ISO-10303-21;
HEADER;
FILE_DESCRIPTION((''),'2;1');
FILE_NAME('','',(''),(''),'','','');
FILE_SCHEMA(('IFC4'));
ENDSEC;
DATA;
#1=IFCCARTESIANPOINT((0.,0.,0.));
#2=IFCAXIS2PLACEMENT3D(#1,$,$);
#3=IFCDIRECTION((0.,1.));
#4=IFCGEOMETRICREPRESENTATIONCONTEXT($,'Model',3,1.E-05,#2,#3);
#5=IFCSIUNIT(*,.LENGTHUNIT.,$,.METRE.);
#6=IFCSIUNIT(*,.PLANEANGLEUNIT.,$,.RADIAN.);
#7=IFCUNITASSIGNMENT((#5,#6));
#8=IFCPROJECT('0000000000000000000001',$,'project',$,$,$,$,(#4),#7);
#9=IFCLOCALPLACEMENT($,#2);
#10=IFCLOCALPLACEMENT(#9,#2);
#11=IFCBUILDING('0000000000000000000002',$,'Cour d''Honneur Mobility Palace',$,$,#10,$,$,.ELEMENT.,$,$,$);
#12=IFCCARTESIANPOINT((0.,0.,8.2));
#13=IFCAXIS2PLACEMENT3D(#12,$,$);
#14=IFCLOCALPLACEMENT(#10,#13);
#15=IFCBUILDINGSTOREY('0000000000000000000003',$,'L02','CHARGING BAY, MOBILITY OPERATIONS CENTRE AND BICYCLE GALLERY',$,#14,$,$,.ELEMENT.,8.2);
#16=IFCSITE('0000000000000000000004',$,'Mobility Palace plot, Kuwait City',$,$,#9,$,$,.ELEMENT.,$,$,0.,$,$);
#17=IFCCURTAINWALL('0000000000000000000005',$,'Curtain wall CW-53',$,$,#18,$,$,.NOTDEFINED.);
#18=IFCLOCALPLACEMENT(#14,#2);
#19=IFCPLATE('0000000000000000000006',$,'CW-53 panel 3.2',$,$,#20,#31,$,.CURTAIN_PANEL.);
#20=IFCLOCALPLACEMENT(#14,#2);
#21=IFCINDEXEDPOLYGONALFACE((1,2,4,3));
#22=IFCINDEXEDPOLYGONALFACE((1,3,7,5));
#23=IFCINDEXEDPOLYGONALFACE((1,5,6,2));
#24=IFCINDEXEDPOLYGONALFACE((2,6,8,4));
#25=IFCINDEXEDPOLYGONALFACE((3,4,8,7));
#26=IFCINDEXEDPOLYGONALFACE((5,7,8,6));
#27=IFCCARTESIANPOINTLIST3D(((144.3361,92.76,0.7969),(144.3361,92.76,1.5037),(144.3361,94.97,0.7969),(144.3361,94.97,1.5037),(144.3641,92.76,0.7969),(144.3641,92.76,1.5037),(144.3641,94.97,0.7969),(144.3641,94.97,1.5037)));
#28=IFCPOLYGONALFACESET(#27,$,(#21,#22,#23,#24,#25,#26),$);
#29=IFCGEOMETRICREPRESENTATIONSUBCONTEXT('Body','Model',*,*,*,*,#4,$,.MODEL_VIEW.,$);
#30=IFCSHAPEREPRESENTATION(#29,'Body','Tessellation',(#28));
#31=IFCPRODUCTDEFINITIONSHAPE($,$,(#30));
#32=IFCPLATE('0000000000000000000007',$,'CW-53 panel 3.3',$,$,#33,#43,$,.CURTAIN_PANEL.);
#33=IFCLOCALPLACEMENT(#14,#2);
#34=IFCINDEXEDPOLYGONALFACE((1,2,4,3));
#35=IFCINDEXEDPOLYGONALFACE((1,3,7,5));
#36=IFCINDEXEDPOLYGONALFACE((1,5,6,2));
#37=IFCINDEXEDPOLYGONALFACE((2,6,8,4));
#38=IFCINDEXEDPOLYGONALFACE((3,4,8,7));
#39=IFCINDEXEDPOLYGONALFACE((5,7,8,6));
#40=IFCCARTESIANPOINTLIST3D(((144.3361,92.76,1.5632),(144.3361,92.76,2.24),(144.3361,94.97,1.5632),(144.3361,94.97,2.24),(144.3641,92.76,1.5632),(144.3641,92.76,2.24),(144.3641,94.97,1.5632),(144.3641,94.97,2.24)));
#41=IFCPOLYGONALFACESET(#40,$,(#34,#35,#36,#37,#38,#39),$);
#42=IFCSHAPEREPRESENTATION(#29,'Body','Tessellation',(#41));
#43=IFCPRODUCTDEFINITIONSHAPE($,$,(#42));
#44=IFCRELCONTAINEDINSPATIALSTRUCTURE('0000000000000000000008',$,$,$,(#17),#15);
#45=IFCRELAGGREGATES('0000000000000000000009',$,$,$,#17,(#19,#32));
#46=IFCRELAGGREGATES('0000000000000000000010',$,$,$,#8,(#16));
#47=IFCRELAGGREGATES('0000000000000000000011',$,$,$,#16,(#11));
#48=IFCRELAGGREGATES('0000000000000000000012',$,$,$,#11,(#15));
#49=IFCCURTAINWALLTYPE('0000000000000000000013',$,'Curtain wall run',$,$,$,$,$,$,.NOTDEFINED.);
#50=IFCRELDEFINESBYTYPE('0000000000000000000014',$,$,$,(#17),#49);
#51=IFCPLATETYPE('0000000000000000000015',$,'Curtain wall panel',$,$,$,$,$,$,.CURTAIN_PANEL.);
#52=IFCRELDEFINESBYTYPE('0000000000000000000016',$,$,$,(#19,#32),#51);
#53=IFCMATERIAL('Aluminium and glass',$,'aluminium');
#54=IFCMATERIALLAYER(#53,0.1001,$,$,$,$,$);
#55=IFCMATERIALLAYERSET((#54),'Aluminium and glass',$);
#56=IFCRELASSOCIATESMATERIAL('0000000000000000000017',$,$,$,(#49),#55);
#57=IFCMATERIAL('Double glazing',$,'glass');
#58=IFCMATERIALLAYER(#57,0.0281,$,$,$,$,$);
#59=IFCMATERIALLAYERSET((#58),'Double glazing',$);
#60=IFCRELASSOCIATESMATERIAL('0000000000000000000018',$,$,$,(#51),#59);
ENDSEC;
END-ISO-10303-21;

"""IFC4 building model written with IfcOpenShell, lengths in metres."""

from ifc_helpers import new_model, si_unit, direction, frame, origin, origin_2d, place, context, subcontext, project, spatial, rectangle, extrude, material, layer, layer_set, type_object, element, aggregate, save


model = new_model("IFC4")

# Units and contexts
model_context = context("Model", 3, precision=1e-05, world=origin(), true_north=direction((0.0, 1.0)))
body_context = subcontext(model_context, "Body", "Model", "MODEL_VIEW")
ifc_project = project(units=[si_unit("LENGTHUNIT", "METRE"), si_unit("PLANEANGLEUNIT", "RADIAN")], contexts=[model_context])

# Site, building, storey
site_placement = place(None, origin())
site = spatial("IfcSite", under=ifc_project, at=site_placement, Name="Mobility Palace plot, Kuwait City", CompositionType="ELEMENT", RefElevation=0.0)
building_placement = place(site_placement, origin())
building = spatial("IfcBuilding", under=site, at=building_placement, Name="Cour d'Honneur Mobility Palace", CompositionType="ELEMENT")
storey_placement = place(building_placement, frame((0.0, 0.0, 8.2)))
storey = spatial("IfcBuildingStorey", under=building, at=storey_placement, Name="L02", Description="CHARGING BAY, MOBILITY OPERATIONS CENTRE AND BICYCLE GALLERY", CompositionType="ELEMENT", Elevation=8.2)

# Shared definitions
ifc_material_1 = material(Name="Aluminium and glass", Category="aluminium")
ifc_layer_1 = layer(ifc_material_1, 0.1001)
ifc_layer_set_1 = layer_set([ifc_layer_1], Name="Aluminium and glass")
curtain_wall_type = type_object("IfcCurtainWallType", Name="Curtain wall run", PredefinedType="NOTDEFINED", material=ifc_layer_set_1)

# Curtain wall
curtain_wall_1_placement = place(storey_placement, origin())
curtain_wall_1 = element("IfcCurtainWall", 1, at=curtain_wall_1_placement, inside=storey, type_object=curtain_wall_type, Name="Curtain wall CW-53", PredefinedType="NOTDEFINED")

# Plates
ifc_material_2 = material(Name="Double glazing", Category="glass")
ifc_layer_2 = layer(ifc_material_2, 0.0281)
ifc_layer_set_2 = layer_set([ifc_layer_2], Name="Double glazing")
plate_type = type_object("IfcPlateType", Name="Curtain wall panel", PredefinedType="CURTAIN_PANEL", material=ifc_layer_set_2)
plate_1_placement = place(storey_placement, frame((144.3501, 93.865, 0.7969), z_axis=(0.0, 0.0, 1.0), x_axis=(0.0, -1.0, 0.0)))
plate_1 = element("IfcPlate", 2, at=plate_1_placement, type_object=plate_type, Name="CW-53 panel 3.2", PredefinedType="CURTAIN_PANEL", context=body_context, shape_type="SweptSolid", body=[
    extrude(rectangle(XDim=2.21, YDim=0.0281, at=origin_2d()), origin(), (0.0, 0.0, 1.0), 0.7068),
])
plate_2_placement = place(storey_placement, frame((144.3501, 93.865, 1.5632), z_axis=(0.0, 0.0, 1.0), x_axis=(0.0, -1.0, 0.0)))
plate_2 = element("IfcPlate", 3, at=plate_2_placement, type_object=plate_type, Name="CW-53 panel 3.3", PredefinedType="CURTAIN_PANEL", context=body_context, shape_type="SweptSolid", body=[
    extrude(rectangle(XDim=2.21, YDim=0.0281, at=origin_2d()), origin(), (0.0, 0.0, 1.0), 0.6768),
])
aggregate(curtain_wall_1, [plate_1, plate_2])

save(model, "model.ifc")
